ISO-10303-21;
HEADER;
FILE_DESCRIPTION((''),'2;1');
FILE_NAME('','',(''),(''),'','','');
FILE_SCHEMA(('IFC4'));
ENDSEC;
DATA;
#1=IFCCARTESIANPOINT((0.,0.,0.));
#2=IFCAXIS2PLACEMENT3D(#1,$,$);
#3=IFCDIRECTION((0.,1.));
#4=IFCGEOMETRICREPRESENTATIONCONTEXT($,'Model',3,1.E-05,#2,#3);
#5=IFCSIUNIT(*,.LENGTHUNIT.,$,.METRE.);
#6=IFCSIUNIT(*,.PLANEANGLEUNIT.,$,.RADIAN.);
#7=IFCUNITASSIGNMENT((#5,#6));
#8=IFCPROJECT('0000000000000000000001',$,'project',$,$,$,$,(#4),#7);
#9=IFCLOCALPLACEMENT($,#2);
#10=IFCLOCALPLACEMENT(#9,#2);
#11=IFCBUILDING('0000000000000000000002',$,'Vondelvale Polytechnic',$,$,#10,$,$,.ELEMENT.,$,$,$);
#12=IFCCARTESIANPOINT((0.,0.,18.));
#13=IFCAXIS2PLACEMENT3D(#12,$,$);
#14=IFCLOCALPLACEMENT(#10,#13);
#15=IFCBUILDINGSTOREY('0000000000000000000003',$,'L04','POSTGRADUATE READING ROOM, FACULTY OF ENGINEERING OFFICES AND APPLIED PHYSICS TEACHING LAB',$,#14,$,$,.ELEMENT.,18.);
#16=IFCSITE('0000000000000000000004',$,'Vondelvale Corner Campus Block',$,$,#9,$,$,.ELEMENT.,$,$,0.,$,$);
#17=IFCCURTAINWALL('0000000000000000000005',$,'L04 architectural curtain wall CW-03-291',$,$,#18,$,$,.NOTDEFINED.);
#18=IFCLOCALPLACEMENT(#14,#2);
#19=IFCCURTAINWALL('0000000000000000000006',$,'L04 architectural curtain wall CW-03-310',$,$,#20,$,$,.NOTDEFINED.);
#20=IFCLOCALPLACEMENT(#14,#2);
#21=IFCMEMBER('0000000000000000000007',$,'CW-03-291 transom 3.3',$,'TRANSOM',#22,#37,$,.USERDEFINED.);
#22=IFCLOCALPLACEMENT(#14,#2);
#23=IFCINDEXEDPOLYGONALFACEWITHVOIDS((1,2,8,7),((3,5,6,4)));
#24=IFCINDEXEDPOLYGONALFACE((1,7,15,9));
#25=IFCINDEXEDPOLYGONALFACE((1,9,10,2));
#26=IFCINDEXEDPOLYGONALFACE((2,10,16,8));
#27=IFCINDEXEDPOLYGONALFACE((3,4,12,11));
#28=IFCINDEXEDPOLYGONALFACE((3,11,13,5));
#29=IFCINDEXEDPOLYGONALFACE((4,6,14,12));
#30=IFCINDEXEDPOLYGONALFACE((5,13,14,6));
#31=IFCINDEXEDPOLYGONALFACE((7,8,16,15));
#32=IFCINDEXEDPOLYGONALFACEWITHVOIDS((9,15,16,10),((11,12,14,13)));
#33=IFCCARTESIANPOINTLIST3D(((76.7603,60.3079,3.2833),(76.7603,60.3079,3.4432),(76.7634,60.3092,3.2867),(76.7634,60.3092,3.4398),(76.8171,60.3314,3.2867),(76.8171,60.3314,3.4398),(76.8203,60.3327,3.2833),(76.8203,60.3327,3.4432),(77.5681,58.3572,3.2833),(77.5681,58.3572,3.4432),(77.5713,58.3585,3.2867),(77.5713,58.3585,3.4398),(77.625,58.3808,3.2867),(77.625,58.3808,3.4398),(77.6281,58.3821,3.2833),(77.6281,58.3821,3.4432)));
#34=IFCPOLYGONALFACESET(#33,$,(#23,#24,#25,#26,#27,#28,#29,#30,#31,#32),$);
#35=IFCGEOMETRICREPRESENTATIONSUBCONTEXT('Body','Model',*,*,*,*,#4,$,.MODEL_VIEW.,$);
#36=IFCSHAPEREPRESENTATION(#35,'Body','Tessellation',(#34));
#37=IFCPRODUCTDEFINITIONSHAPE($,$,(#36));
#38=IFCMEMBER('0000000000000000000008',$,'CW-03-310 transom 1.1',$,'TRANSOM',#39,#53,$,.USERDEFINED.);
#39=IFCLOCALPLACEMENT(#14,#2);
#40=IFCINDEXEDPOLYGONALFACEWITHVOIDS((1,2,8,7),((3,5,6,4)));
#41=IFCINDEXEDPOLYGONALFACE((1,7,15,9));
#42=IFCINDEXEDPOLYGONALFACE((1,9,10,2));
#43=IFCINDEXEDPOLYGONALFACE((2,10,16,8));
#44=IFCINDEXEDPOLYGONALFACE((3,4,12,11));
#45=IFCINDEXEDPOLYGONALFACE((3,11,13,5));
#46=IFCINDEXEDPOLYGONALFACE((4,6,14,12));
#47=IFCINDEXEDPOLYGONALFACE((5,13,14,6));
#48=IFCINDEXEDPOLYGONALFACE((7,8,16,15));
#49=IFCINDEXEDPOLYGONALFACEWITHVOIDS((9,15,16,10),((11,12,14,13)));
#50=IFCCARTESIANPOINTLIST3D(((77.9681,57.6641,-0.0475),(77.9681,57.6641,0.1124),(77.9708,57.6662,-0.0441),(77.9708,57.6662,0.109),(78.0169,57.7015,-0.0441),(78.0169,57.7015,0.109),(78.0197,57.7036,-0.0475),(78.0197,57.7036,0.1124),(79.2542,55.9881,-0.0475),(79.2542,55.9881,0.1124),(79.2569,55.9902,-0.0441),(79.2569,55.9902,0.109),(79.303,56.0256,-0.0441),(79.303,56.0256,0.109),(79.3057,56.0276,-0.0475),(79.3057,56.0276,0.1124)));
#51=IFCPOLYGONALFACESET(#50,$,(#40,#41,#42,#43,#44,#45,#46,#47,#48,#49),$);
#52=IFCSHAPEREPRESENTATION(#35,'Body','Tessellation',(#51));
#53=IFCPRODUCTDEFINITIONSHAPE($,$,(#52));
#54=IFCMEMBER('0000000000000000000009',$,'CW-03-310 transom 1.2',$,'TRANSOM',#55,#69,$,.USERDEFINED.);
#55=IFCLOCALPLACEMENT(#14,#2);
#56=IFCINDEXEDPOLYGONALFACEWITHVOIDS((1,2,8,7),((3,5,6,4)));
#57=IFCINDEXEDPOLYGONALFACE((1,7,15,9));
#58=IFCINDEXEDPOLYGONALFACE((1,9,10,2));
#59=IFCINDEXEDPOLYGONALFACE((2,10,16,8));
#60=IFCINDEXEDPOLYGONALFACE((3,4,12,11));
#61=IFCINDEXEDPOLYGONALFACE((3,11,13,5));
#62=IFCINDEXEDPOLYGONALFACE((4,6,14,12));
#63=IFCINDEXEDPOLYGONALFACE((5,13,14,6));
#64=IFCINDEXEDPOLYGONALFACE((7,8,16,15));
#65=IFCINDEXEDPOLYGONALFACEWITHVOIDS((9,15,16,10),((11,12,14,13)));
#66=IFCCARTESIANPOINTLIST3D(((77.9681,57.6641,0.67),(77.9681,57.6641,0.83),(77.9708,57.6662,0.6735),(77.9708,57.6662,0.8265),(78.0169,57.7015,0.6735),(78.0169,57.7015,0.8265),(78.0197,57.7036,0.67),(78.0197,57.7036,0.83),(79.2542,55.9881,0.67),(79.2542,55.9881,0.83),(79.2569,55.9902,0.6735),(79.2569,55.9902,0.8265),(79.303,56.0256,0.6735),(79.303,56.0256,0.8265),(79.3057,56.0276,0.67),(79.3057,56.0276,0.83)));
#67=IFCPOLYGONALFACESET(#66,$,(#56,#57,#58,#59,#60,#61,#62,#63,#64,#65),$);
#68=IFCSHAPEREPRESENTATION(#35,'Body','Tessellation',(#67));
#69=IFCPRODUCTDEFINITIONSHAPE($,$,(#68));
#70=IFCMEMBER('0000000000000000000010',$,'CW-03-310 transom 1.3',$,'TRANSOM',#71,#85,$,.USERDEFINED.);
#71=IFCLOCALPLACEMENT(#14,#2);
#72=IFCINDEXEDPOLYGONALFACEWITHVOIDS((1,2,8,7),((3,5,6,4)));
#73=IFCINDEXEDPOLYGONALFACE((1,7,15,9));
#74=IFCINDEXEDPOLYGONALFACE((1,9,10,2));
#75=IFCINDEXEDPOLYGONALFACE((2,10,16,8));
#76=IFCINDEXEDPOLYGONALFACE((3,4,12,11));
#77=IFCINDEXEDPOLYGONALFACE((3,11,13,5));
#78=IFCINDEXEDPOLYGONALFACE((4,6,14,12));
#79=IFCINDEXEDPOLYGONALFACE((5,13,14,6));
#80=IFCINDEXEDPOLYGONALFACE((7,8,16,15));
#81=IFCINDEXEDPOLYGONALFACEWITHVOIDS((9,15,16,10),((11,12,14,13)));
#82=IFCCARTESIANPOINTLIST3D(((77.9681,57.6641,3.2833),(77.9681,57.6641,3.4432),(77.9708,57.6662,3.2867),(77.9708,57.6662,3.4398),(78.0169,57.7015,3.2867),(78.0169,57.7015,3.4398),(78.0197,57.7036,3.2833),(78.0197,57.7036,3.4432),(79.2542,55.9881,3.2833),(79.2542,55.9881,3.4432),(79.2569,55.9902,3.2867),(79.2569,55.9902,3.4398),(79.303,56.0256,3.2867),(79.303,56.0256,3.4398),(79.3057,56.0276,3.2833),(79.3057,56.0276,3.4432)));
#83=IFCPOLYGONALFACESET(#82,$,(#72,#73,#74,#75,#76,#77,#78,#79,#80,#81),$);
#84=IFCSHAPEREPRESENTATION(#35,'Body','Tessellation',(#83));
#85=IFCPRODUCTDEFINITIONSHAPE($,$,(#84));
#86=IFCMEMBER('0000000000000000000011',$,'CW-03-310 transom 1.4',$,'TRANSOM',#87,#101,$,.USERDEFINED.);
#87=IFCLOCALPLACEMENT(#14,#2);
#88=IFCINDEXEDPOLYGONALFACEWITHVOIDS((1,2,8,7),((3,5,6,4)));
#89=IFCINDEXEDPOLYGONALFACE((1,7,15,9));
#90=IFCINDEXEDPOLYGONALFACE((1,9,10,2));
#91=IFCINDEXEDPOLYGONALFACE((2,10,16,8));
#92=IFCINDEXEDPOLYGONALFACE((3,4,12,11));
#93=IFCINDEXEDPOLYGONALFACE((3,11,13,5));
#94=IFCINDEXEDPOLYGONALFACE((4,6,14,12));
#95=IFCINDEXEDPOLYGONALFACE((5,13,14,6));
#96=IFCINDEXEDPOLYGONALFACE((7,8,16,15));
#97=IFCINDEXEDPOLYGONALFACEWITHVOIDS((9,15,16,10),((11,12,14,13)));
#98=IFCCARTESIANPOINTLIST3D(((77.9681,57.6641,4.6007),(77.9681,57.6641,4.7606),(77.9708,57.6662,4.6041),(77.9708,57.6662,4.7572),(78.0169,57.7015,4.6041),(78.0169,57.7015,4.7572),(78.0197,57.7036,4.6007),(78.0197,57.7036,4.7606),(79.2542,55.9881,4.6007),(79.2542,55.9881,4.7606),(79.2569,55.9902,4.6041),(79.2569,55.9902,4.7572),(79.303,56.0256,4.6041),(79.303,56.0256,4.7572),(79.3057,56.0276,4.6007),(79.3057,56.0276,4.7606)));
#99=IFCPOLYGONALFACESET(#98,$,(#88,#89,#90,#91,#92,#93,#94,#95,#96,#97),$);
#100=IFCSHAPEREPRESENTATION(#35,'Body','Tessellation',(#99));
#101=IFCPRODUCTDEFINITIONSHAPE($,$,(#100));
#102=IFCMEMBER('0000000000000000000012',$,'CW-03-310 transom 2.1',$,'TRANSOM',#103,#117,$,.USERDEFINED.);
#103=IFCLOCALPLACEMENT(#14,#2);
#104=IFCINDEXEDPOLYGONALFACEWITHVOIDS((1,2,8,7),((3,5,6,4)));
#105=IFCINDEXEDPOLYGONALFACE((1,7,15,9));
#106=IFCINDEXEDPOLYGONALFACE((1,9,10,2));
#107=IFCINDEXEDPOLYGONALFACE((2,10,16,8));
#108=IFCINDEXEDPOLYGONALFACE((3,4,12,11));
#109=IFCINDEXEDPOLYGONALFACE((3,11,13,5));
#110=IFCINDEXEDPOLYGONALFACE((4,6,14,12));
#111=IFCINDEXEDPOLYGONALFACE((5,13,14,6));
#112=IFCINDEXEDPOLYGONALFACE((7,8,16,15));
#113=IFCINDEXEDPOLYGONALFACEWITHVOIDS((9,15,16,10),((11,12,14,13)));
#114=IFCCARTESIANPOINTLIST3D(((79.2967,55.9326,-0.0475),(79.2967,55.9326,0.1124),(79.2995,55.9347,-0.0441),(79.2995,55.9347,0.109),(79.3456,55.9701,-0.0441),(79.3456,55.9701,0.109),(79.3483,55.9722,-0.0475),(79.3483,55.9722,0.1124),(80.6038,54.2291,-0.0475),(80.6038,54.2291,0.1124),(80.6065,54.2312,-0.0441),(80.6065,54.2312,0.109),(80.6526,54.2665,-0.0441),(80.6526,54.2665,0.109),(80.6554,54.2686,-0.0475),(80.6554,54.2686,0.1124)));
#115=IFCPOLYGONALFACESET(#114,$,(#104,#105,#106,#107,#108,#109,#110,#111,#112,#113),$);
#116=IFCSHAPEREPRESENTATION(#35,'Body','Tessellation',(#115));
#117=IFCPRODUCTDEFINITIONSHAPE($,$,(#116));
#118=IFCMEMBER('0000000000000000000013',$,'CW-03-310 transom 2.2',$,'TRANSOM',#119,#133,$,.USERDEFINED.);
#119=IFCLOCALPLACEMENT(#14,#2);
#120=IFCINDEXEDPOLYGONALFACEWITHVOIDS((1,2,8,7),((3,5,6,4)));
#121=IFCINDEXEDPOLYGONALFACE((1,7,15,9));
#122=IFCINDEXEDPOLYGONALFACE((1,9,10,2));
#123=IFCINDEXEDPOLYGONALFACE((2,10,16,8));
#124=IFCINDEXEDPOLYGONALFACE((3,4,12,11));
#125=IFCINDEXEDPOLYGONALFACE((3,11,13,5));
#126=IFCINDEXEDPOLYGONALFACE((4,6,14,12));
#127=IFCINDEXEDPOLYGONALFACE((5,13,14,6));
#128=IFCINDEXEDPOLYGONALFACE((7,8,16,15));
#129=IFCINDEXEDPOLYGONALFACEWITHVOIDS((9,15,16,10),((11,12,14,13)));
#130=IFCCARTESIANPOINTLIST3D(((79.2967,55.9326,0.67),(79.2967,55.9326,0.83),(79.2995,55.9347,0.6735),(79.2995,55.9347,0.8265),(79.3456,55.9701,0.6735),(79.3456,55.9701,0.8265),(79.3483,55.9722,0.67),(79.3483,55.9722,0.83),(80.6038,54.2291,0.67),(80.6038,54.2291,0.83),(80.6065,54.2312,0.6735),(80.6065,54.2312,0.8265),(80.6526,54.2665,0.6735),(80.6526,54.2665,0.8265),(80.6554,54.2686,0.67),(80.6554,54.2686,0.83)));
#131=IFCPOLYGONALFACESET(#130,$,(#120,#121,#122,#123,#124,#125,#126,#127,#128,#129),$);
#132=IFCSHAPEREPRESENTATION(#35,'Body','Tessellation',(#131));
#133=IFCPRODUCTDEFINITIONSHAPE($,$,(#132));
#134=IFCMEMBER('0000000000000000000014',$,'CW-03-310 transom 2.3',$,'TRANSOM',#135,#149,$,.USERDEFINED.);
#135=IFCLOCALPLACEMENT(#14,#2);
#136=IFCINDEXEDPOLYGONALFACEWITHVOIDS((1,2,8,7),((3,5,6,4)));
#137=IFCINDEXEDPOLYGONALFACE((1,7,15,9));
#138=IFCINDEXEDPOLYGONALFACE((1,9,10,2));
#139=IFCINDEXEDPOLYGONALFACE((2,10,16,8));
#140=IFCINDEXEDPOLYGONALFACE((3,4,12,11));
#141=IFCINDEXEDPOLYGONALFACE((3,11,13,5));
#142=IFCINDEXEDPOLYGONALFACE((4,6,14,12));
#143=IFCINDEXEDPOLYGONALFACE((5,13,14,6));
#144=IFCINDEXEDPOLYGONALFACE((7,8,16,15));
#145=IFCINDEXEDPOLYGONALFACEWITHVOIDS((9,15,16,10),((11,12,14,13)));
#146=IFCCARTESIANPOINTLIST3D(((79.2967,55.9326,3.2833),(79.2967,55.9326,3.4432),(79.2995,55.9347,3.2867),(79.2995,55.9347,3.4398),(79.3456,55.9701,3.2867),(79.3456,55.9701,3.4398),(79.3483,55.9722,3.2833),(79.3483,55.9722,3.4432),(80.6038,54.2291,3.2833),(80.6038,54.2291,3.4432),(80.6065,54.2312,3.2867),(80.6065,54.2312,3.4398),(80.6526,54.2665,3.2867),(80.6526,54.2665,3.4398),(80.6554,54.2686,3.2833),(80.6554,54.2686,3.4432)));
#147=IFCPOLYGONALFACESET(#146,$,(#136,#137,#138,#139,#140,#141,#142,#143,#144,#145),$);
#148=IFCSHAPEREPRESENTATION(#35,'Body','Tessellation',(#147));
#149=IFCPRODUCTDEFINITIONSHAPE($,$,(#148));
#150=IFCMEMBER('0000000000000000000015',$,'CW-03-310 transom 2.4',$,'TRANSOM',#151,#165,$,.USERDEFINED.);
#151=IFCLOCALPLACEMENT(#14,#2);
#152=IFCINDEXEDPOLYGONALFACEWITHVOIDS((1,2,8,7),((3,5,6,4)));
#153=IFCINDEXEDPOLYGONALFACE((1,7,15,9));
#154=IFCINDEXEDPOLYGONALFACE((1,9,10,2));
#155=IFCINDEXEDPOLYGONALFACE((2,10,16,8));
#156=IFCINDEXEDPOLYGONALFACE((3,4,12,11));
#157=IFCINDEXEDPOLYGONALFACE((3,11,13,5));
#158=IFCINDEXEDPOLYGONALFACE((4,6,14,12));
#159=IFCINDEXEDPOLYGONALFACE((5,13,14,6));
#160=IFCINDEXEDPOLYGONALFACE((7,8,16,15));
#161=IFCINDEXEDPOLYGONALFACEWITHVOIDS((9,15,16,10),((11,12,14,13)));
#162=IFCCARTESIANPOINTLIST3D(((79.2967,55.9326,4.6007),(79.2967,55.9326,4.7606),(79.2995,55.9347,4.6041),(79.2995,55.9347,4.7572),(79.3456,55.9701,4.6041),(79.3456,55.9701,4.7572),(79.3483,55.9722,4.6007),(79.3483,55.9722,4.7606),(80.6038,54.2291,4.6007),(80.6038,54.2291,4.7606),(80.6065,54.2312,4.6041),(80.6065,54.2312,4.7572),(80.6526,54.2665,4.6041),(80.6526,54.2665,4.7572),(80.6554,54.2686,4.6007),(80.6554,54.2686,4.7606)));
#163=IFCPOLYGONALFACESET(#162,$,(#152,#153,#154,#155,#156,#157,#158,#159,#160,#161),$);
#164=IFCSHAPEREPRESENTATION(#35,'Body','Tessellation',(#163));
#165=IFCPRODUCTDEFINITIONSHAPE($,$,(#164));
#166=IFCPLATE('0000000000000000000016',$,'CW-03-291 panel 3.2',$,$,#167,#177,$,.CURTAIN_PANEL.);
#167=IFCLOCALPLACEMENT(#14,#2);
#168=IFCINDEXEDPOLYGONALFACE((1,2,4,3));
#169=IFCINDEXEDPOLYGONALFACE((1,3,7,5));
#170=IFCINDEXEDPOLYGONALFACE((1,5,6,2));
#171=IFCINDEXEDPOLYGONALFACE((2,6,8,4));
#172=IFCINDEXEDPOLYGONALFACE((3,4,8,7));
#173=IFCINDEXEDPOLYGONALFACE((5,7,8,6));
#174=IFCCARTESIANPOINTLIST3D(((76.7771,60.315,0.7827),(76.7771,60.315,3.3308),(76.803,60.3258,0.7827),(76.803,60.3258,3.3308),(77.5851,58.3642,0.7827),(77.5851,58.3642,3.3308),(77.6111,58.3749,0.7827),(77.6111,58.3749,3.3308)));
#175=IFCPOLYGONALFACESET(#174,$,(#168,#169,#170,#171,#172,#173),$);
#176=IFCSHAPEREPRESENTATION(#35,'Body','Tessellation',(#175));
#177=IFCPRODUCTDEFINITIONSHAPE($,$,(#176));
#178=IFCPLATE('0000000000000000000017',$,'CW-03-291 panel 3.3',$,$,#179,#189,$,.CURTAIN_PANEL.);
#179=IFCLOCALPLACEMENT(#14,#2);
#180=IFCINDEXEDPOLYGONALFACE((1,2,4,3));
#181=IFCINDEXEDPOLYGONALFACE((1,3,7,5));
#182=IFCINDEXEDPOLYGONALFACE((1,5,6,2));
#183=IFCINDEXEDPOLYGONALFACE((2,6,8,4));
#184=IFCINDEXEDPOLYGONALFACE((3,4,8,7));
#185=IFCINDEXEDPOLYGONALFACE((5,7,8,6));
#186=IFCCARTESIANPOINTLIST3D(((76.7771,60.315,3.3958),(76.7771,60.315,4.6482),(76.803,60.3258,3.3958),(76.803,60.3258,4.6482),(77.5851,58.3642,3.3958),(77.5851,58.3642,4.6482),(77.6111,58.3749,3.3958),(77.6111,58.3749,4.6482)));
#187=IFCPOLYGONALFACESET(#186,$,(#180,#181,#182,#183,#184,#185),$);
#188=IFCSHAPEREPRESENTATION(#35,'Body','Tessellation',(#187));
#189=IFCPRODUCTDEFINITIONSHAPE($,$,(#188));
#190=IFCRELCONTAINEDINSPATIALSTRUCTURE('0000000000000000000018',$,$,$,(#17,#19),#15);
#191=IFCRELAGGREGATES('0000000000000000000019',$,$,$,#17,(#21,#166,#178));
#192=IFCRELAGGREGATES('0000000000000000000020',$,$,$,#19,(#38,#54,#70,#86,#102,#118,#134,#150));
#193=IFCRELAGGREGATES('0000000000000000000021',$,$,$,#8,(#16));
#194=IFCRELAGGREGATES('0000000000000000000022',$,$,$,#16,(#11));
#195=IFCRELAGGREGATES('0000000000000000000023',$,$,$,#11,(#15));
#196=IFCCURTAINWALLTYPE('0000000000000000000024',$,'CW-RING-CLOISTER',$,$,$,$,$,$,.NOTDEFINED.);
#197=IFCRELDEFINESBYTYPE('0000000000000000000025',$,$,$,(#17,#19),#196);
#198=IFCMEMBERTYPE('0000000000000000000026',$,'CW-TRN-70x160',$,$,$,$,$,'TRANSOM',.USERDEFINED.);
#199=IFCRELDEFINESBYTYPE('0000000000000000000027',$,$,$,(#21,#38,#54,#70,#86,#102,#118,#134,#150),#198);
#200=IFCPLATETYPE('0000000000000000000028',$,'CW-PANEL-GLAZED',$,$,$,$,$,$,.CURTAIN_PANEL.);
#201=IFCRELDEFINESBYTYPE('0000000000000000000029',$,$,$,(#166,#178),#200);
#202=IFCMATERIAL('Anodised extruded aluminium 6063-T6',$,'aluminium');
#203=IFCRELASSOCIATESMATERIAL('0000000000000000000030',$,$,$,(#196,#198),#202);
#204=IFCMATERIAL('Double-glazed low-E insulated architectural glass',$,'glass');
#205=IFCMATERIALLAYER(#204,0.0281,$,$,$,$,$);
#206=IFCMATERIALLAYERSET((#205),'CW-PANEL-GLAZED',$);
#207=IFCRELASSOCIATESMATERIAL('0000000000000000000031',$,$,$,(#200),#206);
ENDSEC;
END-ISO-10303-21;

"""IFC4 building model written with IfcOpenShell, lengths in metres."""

from ifc_helpers import new_model, si_unit, direction, frame, origin, origin_2d, place, context, subcontext, project, spatial, rectangle, hollow_rectangle, extrude, material, layer, layer_set, material_profile, profile_set, type_object, element, aggregate, save


model = new_model("IFC4")

# Units and contexts
model_context = context("Model", 3, precision=1e-05, world=origin(), true_north=direction((0.0, 1.0)))
body_context = subcontext(model_context, "Body", "Model", "MODEL_VIEW")
ifc_project = project(units=[si_unit("LENGTHUNIT", "METRE"), si_unit("PLANEANGLEUNIT", "RADIAN")], contexts=[model_context])

# Site, building, storey
site_placement = place(None, origin())
site = spatial("IfcSite", under=ifc_project, at=site_placement, Name="Vondelvale Corner Campus Block", CompositionType="ELEMENT", RefElevation=0.0)
building_placement = place(site_placement, origin())
building = spatial("IfcBuilding", under=site, at=building_placement, Name="Vondelvale Polytechnic", CompositionType="ELEMENT")
storey_placement = place(building_placement, frame((0.0, 0.0, 18.0)))
storey = spatial("IfcBuildingStorey", under=building, at=storey_placement, Name="L04", Description="POSTGRADUATE READING ROOM, FACULTY OF ENGINEERING OFFICES AND APPLIED PHYSICS TEACHING LAB", CompositionType="ELEMENT", Elevation=18.0)

# Curtain wall
ifc_material_1 = material(Name="Anodised extruded aluminium 6063-T6", Category="aluminium")
curtain_wall_type = type_object("IfcCurtainWallType", Name="CW-RING-CLOISTER", PredefinedType="NOTDEFINED", material=ifc_material_1)
curtain_wall_1_placement = place(storey_placement, origin())
curtain_wall_1 = element("IfcCurtainWall", 1, at=curtain_wall_1_placement, inside=storey, type_object=curtain_wall_type, Name="L04 architectural curtain wall CW-03-291", PredefinedType="NOTDEFINED")

# Curtain wall
curtain_wall_2_placement = place(storey_placement, origin())
curtain_wall_2 = element("IfcCurtainWall", 2, at=curtain_wall_2_placement, inside=storey, type_object=curtain_wall_type, Name="L04 architectural curtain wall CW-03-310", PredefinedType="NOTDEFINED")

# Members
ifc_material_profile_1 = material_profile(ifc_material_1, hollow_rectangle(XDim=0.0649, YDim=0.1599, WallThickness=0.0034, at=origin_2d()), Name="CW-TRN-160x65")
ifc_profile_set_1 = profile_set([ifc_material_profile_1], Name="Anodised extruded aluminium 6063-T6")
member_type_1 = type_object("IfcMemberType", Name="CW-TRN-70x160", ElementType="TRANSOM", PredefinedType="USERDEFINED", material=ifc_profile_set_1)
member_1_placement = place(storey_placement, frame((76.7903, 60.3203, 3.3633), z_axis=(0.382628, -0.923903, 0.0), x_axis=(0.923903, 0.382628, 0.0)))
member_1 = element("IfcMember", 3, at=member_1_placement, type_object=member_type_1, Name="CW-03-291 transom 3.3", ObjectType="TRANSOM", PredefinedType="USERDEFINED", context=body_context, shape_type="SweptSolid", body=[
    extrude(hollow_rectangle(XDim=0.0649, YDim=0.1599, WallThickness=0.0034, at=origin_2d()), origin(), (0.0, 0.0, 1.0), 2.1113),
])
member_2_placement = place(storey_placement, frame((77.9939, 57.6838, 0.0325), z_axis=(0.608783, -0.793337, 0.0), x_axis=(0.793337, 0.608783, 0.0)))
member_2 = element("IfcMember", 4, at=member_2_placement, type_object=member_type_1, Name="CW-03-310 transom 1.1", ObjectType="TRANSOM", PredefinedType="USERDEFINED", context=body_context, shape_type="SweptSolid", body=[
    extrude(hollow_rectangle(XDim=0.0649, YDim=0.1599, WallThickness=0.0034, at=origin_2d()), origin(), (0.0, 0.0, 1.0), 2.1125),
])
member_3_placement = place(storey_placement, frame((77.9939, 57.6838, 0.75), z_axis=(0.608783, -0.793337, 0.0), x_axis=(0.793337, 0.608783, 0.0)))
member_3 = element("IfcMember", 5, at=member_3_placement, type_object=member_type_1, Name="CW-03-310 transom 1.2", ObjectType="TRANSOM", PredefinedType="USERDEFINED", context=body_context, shape_type="SweptSolid", body=[
    extrude(hollow_rectangle(XDim=0.0649, YDim=0.1599, WallThickness=0.0034, at=origin_2d()), origin(), (0.0, 0.0, 1.0), 2.1125),
])
member_4_placement = place(storey_placement, frame((77.9939, 57.6838, 3.3633), z_axis=(0.608783, -0.793337, 0.0), x_axis=(0.793337, 0.608783, 0.0)))
member_4 = element("IfcMember", 6, at=member_4_placement, type_object=member_type_1, Name="CW-03-310 transom 1.3", ObjectType="TRANSOM", PredefinedType="USERDEFINED", context=body_context, shape_type="SweptSolid", body=[
    extrude(hollow_rectangle(XDim=0.0649, YDim=0.1599, WallThickness=0.0034, at=origin_2d()), origin(), (0.0, 0.0, 1.0), 2.1125),
])
member_5_placement = place(storey_placement, frame((77.9939, 57.6838, 4.6807), z_axis=(0.608783, -0.793337, 0.0), x_axis=(0.793337, 0.608783, 0.0)))
member_5 = element("IfcMember", 7, at=member_5_placement, type_object=member_type_1, Name="CW-03-310 transom 1.4", ObjectType="TRANSOM", PredefinedType="USERDEFINED", context=body_context, shape_type="SweptSolid", body=[
    extrude(hollow_rectangle(XDim=0.0649, YDim=0.1599, WallThickness=0.0034, at=origin_2d()), origin(), (0.0, 0.0, 1.0), 2.1125),
])
member_6_placement = place(storey_placement, frame((79.3225, 55.9524, 0.0325), z_axis=(0.608732, -0.793376, 0.0), x_axis=(0.793376, 0.608732, 0.0)))
member_6 = element("IfcMember", 8, at=member_6_placement, type_object=member_type_1, Name="CW-03-310 transom 2.1", ObjectType="TRANSOM", PredefinedType="USERDEFINED", context=body_context, shape_type="SweptSolid", body=[
    extrude(hollow_rectangle(XDim=0.0649, YDim=0.1599, WallThickness=0.0034, at=origin_2d()), origin(), (0.0, 0.0, 1.0), 2.1472),
])
member_7_placement = place(storey_placement, frame((79.3225, 55.9524, 0.75), z_axis=(0.608732, -0.793376, 0.0), x_axis=(0.793376, 0.608732, 0.0)))
member_7 = element("IfcMember", 9, at=member_7_placement, type_object=member_type_1, Name="CW-03-310 transom 2.2", ObjectType="TRANSOM", PredefinedType="USERDEFINED", context=body_context, shape_type="SweptSolid", body=[
    extrude(hollow_rectangle(XDim=0.0649, YDim=0.1599, WallThickness=0.0034, at=origin_2d()), origin(), (0.0, 0.0, 1.0), 2.1472),
])
member_8_placement = place(storey_placement, frame((79.3225, 55.9524, 3.3633), z_axis=(0.608732, -0.793376, 0.0), x_axis=(0.793376, 0.608732, 0.0)))
member_8 = element("IfcMember", 10, at=member_8_placement, type_object=member_type_1, Name="CW-03-310 transom 2.3", ObjectType="TRANSOM", PredefinedType="USERDEFINED", context=body_context, shape_type="SweptSolid", body=[
    extrude(hollow_rectangle(XDim=0.0649, YDim=0.1599, WallThickness=0.0034, at=origin_2d()), origin(), (0.0, 0.0, 1.0), 2.1472),
])
member_9_placement = place(storey_placement, frame((79.3225, 55.9524, 4.6807), z_axis=(0.608732, -0.793376, 0.0), x_axis=(0.793376, 0.608732, 0.0)))
member_9 = element("IfcMember", 11, at=member_9_placement, type_object=member_type_1, Name="CW-03-310 transom 2.4", ObjectType="TRANSOM", PredefinedType="USERDEFINED", context=body_context, shape_type="SweptSolid", body=[
    extrude(hollow_rectangle(XDim=0.0649, YDim=0.1599, WallThickness=0.0034, at=origin_2d()), origin(), (0.0, 0.0, 1.0), 2.1472),
])

# Plates
ifc_material_2 = material(Name="Double-glazed low-E insulated architectural glass", Category="glass")
ifc_layer_1 = layer(ifc_material_2, 0.0281)
ifc_layer_set_1 = layer_set([ifc_layer_1], Name="CW-PANEL-GLAZED")
plate_type_1 = type_object("IfcPlateType", Name="CW-PANEL-GLAZED", PredefinedType="CURTAIN_PANEL", material=ifc_layer_set_1)
plate_1_placement = place(storey_placement, frame((77.1941, 59.345, 0.7827), z_axis=(0.0, 0.0, 1.0), x_axis=(0.382679, -0.923882, 0.0)))
plate_1 = element("IfcPlate", 12, at=plate_1_placement, type_object=plate_type_1, Name="CW-03-291 panel 3.2", PredefinedType="CURTAIN_PANEL", context=body_context, shape_type="SweptSolid", body=[
    extrude(rectangle(XDim=2.1116, YDim=0.0281, at=origin_2d()), origin(), (0.0, 0.0, 1.0), 2.5481),
])
plate_2_placement = place(storey_placement, frame((77.1941, 59.345, 3.3958), z_axis=(0.0, 0.0, 1.0), x_axis=(0.382679, -0.923882, 0.0)))
plate_2 = element("IfcPlate", 13, at=plate_2_placement, type_object=plate_type_1, Name="CW-03-291 panel 3.3", PredefinedType="CURTAIN_PANEL", context=body_context, shape_type="SweptSolid", body=[
    extrude(rectangle(XDim=2.1116, YDim=0.0281, at=origin_2d()), origin(), (0.0, 0.0, 1.0), 1.2524),
])
aggregate(curtain_wall_1, [member_1, plate_1, plate_2])
aggregate(curtain_wall_2, [member_2, member_3, member_4, member_5, member_6, member_7, member_8, member_9])

save(model, "model.ifc")
